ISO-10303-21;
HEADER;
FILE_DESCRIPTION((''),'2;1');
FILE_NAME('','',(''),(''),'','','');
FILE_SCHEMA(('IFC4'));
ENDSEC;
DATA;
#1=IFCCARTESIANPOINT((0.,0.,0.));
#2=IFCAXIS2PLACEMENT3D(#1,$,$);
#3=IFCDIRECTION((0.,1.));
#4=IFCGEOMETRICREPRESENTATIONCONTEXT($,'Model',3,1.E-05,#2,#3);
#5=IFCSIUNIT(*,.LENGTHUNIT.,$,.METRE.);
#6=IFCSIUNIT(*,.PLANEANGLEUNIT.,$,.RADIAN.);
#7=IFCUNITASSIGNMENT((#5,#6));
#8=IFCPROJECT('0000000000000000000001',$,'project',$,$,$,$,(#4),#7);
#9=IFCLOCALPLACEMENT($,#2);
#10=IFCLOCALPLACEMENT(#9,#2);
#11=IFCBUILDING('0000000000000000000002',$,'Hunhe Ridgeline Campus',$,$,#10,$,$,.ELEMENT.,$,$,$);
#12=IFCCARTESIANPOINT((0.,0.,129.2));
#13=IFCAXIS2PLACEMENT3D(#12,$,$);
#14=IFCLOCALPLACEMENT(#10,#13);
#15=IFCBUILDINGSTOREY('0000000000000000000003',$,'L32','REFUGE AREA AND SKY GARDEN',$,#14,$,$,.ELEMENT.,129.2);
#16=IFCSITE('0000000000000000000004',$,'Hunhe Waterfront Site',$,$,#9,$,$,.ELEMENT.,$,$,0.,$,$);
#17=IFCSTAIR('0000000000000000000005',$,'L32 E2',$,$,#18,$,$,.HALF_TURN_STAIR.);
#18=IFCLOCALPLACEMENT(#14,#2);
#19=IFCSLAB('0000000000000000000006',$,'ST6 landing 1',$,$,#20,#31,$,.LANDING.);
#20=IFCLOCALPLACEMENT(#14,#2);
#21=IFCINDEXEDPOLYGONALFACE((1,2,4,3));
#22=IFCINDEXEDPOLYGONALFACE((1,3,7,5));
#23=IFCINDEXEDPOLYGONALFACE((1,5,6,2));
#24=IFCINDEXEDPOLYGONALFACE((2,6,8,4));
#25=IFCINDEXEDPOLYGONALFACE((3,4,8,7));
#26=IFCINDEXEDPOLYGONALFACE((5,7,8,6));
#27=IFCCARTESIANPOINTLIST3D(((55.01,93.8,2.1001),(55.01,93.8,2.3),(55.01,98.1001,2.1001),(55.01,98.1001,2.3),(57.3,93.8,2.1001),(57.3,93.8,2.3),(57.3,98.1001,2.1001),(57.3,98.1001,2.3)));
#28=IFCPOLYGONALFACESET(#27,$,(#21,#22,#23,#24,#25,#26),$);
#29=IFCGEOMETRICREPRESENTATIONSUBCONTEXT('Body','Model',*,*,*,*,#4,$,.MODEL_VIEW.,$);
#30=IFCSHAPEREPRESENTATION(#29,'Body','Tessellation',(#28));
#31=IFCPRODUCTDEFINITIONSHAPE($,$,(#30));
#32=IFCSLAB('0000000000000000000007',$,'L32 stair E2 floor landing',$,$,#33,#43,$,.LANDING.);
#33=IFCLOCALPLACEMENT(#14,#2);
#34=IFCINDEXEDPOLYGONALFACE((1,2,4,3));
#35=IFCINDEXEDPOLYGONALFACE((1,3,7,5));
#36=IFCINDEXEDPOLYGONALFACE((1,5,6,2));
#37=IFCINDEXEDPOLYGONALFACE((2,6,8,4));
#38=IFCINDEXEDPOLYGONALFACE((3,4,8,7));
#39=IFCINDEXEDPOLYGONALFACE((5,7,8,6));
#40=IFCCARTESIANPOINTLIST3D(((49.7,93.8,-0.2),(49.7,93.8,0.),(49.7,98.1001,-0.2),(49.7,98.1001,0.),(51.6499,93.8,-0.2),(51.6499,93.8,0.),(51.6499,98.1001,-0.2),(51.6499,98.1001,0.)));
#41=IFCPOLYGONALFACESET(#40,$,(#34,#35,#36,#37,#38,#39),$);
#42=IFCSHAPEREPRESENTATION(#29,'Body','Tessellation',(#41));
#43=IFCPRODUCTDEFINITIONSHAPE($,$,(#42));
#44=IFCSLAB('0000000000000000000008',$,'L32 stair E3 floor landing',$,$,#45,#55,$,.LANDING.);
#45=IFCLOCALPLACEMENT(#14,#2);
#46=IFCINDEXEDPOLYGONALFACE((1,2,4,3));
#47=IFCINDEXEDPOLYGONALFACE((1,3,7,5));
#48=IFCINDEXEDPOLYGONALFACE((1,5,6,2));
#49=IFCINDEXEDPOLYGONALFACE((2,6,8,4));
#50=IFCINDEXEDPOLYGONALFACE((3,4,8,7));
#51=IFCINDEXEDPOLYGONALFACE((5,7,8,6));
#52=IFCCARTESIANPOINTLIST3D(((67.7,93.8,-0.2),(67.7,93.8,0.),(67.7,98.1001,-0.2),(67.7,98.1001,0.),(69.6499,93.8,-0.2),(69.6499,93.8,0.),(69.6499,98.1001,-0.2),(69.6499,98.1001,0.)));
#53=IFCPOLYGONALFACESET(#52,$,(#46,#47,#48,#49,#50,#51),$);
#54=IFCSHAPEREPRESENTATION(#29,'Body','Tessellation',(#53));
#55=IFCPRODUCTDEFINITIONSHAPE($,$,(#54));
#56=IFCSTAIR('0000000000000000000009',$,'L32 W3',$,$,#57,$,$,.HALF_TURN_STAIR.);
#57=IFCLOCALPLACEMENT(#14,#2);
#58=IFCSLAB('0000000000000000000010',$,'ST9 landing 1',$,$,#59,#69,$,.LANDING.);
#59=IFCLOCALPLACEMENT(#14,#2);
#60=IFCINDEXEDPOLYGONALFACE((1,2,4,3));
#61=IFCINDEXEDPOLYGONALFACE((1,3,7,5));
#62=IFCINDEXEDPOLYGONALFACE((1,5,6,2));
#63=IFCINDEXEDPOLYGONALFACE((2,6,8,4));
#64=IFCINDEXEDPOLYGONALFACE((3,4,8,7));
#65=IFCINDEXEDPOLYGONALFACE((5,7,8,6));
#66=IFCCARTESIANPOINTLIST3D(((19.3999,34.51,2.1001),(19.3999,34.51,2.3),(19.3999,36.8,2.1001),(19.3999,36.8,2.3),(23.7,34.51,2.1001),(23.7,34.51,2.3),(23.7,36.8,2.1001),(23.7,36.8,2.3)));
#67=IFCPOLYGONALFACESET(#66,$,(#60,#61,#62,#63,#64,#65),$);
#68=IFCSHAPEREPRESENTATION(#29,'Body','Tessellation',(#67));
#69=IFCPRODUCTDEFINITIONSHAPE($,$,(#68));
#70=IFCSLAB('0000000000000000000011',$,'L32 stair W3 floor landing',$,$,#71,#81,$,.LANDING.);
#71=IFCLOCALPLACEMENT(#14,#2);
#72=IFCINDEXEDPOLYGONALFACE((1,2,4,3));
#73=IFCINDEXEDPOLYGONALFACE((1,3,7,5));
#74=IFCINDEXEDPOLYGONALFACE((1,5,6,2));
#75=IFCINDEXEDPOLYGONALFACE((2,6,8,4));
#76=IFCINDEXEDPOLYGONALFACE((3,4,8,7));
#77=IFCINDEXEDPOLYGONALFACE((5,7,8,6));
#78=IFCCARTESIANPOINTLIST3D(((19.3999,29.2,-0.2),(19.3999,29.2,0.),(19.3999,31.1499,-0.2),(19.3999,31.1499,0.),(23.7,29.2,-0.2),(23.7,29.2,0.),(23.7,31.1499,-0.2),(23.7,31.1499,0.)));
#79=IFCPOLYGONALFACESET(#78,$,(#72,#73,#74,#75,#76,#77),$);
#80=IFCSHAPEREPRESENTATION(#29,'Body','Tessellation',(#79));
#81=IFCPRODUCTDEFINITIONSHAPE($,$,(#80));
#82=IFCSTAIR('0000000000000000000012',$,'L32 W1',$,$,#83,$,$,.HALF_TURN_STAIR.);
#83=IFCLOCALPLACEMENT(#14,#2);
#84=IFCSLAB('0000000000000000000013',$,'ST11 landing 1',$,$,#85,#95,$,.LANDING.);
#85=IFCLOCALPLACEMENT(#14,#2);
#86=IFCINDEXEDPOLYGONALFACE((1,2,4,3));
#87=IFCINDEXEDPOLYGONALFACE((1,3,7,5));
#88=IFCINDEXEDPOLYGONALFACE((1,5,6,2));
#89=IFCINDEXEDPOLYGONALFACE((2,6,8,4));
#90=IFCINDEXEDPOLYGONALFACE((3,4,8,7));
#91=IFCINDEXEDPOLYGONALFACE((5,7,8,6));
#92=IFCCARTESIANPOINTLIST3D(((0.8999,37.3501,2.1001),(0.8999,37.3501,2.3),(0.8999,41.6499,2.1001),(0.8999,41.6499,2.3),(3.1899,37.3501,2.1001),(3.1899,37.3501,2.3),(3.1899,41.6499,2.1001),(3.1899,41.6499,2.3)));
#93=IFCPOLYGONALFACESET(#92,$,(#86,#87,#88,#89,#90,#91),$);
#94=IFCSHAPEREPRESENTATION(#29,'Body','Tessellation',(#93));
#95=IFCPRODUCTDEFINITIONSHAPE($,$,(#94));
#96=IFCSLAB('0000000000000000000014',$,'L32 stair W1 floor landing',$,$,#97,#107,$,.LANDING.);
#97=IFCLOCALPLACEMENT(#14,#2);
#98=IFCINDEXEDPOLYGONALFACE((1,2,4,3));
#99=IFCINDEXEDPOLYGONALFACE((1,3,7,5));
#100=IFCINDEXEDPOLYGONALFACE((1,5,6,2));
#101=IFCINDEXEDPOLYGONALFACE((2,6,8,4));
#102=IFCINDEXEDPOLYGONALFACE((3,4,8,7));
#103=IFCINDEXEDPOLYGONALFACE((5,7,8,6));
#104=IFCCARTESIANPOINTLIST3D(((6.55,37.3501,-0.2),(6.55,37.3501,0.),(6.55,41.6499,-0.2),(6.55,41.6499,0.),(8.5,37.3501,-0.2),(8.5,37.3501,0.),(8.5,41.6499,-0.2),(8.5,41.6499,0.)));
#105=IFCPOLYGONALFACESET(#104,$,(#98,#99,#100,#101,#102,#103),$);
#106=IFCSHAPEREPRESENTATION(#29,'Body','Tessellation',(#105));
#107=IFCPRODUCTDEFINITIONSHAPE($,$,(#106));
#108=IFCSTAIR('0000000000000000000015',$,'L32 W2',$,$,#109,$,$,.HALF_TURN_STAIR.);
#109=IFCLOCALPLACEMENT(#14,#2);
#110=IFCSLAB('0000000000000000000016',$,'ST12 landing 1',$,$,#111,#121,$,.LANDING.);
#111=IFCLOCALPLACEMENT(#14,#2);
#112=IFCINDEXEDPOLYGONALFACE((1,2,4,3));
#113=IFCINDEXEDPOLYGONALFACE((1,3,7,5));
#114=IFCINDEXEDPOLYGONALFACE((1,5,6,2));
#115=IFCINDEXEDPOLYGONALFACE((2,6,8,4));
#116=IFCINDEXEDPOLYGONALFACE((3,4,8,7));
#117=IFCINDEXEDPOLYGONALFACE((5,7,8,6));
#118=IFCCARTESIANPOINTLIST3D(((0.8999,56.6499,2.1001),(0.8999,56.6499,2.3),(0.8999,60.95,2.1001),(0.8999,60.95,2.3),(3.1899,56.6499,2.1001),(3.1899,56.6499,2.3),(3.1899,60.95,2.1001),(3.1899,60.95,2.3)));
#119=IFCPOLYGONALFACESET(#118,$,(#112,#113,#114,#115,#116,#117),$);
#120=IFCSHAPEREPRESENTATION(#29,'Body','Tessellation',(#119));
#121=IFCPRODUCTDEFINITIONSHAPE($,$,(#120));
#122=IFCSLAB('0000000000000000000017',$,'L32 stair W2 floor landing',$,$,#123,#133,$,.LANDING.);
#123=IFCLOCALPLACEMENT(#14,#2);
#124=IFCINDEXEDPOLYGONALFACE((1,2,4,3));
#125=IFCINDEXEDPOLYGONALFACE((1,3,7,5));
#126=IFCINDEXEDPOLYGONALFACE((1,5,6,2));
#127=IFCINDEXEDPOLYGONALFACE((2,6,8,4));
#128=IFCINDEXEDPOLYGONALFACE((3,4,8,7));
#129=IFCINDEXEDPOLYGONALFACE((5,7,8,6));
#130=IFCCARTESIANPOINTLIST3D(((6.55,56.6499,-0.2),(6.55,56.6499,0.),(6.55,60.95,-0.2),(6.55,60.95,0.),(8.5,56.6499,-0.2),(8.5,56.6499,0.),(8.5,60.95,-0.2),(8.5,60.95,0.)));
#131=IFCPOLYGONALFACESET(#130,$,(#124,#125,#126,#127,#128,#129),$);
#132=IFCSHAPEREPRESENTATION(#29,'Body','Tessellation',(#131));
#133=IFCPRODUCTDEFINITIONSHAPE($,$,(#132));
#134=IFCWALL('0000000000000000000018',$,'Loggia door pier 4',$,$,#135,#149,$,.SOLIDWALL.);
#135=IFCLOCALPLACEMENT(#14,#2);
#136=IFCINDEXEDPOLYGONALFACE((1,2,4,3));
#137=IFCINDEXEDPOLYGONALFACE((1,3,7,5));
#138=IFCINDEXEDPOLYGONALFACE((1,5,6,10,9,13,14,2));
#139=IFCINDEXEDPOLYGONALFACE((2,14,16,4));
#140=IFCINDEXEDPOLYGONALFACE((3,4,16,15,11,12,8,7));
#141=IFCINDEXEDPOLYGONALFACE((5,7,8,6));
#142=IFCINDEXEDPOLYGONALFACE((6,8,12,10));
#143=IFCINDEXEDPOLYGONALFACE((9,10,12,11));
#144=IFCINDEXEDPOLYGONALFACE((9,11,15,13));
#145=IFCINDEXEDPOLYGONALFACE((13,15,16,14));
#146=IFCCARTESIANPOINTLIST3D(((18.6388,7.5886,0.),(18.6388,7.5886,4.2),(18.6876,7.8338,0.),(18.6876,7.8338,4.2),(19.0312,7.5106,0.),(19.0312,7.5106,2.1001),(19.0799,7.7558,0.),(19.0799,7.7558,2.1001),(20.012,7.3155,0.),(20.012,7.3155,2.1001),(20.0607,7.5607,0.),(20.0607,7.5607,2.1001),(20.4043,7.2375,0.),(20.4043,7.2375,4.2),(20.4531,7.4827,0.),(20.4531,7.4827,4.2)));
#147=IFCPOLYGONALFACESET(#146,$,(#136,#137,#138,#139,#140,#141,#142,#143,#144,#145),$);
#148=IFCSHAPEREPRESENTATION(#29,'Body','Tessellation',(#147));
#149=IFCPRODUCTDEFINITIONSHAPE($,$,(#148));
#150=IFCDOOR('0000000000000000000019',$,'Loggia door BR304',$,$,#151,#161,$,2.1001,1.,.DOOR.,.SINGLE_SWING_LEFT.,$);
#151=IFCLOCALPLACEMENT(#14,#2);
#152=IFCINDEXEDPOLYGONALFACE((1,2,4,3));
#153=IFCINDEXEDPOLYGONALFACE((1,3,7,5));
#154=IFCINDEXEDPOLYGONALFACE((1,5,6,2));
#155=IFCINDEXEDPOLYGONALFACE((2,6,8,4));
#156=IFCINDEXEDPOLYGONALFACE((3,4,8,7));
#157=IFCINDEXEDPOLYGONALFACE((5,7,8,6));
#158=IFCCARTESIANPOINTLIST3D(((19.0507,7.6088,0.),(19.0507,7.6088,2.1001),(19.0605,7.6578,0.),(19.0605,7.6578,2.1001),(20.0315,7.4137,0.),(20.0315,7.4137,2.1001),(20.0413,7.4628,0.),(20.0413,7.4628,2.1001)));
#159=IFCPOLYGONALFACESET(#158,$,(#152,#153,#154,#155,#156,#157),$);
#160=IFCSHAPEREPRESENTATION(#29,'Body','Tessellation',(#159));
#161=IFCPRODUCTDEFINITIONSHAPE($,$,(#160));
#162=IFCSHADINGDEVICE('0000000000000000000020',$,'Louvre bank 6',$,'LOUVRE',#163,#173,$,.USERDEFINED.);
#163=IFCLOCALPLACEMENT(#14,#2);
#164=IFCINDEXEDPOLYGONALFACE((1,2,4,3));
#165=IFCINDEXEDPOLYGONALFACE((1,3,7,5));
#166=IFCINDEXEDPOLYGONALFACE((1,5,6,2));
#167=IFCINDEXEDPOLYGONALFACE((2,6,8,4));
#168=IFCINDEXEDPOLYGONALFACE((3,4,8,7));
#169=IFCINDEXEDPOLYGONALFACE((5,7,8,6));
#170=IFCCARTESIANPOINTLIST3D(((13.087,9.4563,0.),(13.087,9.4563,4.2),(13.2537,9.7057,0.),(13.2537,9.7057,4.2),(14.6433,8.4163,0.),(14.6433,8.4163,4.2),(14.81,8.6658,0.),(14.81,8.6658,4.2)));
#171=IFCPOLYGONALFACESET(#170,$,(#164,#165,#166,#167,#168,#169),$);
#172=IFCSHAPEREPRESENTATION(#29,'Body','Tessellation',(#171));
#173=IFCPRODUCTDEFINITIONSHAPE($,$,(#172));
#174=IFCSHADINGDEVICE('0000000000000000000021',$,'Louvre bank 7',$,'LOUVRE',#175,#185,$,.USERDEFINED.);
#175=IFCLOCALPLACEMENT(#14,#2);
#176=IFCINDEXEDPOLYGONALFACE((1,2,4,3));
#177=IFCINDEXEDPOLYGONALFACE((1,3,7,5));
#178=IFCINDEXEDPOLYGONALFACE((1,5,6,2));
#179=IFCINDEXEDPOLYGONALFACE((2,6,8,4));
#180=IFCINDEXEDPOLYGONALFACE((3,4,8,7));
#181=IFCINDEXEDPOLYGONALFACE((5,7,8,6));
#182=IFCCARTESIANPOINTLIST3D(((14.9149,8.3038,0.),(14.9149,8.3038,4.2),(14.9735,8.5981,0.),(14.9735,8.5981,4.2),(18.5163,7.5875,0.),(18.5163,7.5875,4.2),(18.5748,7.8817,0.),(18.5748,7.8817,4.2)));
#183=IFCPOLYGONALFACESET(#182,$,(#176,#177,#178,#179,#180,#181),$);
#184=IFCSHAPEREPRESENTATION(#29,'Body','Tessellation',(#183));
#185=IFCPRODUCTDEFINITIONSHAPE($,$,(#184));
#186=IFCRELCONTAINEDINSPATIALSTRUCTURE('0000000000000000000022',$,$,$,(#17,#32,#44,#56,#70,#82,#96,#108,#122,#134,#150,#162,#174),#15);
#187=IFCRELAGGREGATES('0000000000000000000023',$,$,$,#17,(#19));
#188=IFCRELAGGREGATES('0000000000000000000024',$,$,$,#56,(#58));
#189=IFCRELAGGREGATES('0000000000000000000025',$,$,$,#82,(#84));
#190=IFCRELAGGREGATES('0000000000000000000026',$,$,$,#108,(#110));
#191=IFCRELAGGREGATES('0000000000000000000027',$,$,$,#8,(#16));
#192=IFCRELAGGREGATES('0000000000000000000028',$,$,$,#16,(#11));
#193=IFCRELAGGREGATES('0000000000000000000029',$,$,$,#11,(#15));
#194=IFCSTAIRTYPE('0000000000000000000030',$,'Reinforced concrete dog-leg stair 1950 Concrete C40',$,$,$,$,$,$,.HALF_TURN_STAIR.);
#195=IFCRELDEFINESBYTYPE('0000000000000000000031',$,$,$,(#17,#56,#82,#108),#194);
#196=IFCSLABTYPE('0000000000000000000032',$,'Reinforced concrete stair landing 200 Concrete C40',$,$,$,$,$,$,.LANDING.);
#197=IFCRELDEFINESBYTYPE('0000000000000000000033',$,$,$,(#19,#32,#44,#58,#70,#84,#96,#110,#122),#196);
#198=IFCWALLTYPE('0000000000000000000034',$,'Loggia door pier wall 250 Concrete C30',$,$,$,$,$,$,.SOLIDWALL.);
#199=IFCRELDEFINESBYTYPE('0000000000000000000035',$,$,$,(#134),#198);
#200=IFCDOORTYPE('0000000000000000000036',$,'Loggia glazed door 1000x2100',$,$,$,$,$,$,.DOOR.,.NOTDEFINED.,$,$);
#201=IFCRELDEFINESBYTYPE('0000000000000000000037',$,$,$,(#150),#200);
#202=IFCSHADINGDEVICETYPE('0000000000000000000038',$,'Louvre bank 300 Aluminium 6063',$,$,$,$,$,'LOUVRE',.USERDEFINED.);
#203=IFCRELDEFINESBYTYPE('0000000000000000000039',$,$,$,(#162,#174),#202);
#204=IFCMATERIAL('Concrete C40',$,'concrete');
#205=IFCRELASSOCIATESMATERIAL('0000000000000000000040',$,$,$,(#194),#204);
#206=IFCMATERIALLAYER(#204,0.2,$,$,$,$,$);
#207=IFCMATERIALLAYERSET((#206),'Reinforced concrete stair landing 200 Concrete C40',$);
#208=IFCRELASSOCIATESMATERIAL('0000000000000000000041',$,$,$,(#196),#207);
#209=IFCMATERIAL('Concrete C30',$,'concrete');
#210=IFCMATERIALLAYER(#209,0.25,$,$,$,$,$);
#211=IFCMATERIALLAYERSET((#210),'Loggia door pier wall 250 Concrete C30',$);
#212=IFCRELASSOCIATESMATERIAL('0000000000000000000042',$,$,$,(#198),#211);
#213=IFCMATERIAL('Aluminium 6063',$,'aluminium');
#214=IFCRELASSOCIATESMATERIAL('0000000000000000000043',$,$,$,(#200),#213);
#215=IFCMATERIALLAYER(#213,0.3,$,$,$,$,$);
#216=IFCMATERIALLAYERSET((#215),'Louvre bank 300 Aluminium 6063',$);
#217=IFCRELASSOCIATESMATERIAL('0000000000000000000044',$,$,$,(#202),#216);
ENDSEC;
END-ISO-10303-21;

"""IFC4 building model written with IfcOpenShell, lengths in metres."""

from ifc_helpers import new_model, si_unit, direction, frame, frame_2d, origin, origin_2d, place, context, subcontext, project, spatial, polyline, rectangle, outline, extrude, material, layer, layer_set, type_object, element, fill, aggregate, save


model = new_model("IFC4")

# Units and contexts
model_context = context("Model", 3, precision=1e-05, world=origin(), true_north=direction((0.0, 1.0)))
body_context = subcontext(model_context, "Body", "Model", "MODEL_VIEW")
ifc_project = project(units=[si_unit("LENGTHUNIT", "METRE"), si_unit("PLANEANGLEUNIT", "RADIAN")], contexts=[model_context])

# Site, building, storey
site_placement = place(None, origin())
site = spatial("IfcSite", under=ifc_project, at=site_placement, Name="Hunhe Waterfront Site", CompositionType="ELEMENT", RefElevation=0.0)
building_placement = place(site_placement, origin())
building = spatial("IfcBuilding", under=site, at=building_placement, Name="Hunhe Ridgeline Campus", CompositionType="ELEMENT")
storey_placement = place(building_placement, frame((0.0, 0.0, 129.2)))
storey = spatial("IfcBuildingStorey", under=building, at=storey_placement, Name="L32", Description="REFUGE AREA AND SKY GARDEN", CompositionType="ELEMENT", Elevation=129.2)

# Shared definitions
ifc_material_1 = material(Name="Aluminium 6063", Category="aluminium")

# Shared definitions
ifc_material_2 = material(Name="Concrete C40", Category="concrete")

# Shared definitions
stair_type = type_object("IfcStairType", Name="Reinforced concrete dog-leg stair 1950 Concrete C40", PredefinedType="HALF_TURN_STAIR", material=ifc_material_2)
ifc_layer_1 = layer(ifc_material_2, 0.2)
ifc_layer_set_1 = layer_set([ifc_layer_1], Name="Reinforced concrete stair landing 200 Concrete C40")
slab_type_1 = type_object("IfcSlabType", Name="Reinforced concrete stair landing 200 Concrete C40", PredefinedType="LANDING", material=ifc_layer_set_1)

# Stair, slab
stair_1_placement = place(storey_placement, origin())
stair_1 = element("IfcStair", 1, at=stair_1_placement, inside=storey, type_object=stair_type, Name="L32 E2", PredefinedType="HALF_TURN_STAIR")
slab_1_placement = place(storey_placement, frame((0.0, 0.0, 2.1001)))
slab_1 = element("IfcSlab", 2, at=slab_1_placement, type_object=slab_type_1, Name="ST6 landing 1", PredefinedType="LANDING", context=body_context, shape_type="SweptSolid", body=[
    extrude(outline(polyline([(55.01, 93.8), (57.3, 93.8), (57.3, 98.1001), (55.01, 98.1001), (55.01, 93.8)])), origin(), (0.0, 0.0, 1.0), 0.2),
])
aggregate(stair_1, [slab_1])

# Slabs
slab_2_placement = place(storey_placement, frame((0.0, 0.0, -0.2)))
element("IfcSlab", 3, at=slab_2_placement, inside=storey, type_object=slab_type_1, Name="L32 stair E2 floor landing", PredefinedType="LANDING", context=body_context, shape_type="SweptSolid", body=[
    extrude(outline(polyline([(49.7, 93.8), (51.6499, 93.8), (51.6499, 98.1001), (49.7, 98.1001), (49.7, 93.8)])), origin(), (0.0, 0.0, 1.0), 0.2),
])
slab_3_placement = place(storey_placement, frame((0.0, 0.0, -0.2)))
element("IfcSlab", 4, at=slab_3_placement, inside=storey, type_object=slab_type_1, Name="L32 stair E3 floor landing", PredefinedType="LANDING", context=body_context, shape_type="SweptSolid", body=[
    extrude(outline(polyline([(67.7, 93.8), (69.6499, 93.8), (69.6499, 98.1001), (67.7, 98.1001), (67.7, 93.8)])), origin(), (0.0, 0.0, 1.0), 0.2),
])

# Stair, slab
stair_2_placement = place(storey_placement, origin())
stair_2 = element("IfcStair", 5, at=stair_2_placement, inside=storey, type_object=stair_type, Name="L32 W3", PredefinedType="HALF_TURN_STAIR")
slab_4_placement = place(storey_placement, frame((0.0, 0.0, 2.1001)))
slab_4 = element("IfcSlab", 6, at=slab_4_placement, type_object=slab_type_1, Name="ST9 landing 1", PredefinedType="LANDING", context=body_context, shape_type="SweptSolid", body=[
    extrude(outline(polyline([(23.7, 34.51), (23.7, 36.8), (19.3999, 36.8), (19.3999, 34.51), (23.7, 34.51)])), origin(), (0.0, 0.0, 1.0), 0.2),
])
aggregate(stair_2, [slab_4])

# Slab
slab_5_placement = place(storey_placement, frame((0.0, 0.0, -0.2)))
element("IfcSlab", 7, at=slab_5_placement, inside=storey, type_object=slab_type_1, Name="L32 stair W3 floor landing", PredefinedType="LANDING", context=body_context, shape_type="SweptSolid", body=[
    extrude(outline(polyline([(23.7, 29.2), (23.7, 31.1499), (19.3999, 31.1499), (19.3999, 29.2), (23.7, 29.2)])), origin(), (0.0, 0.0, 1.0), 0.2),
])

# Stair, slab
stair_3_placement = place(storey_placement, origin())
stair_3 = element("IfcStair", 8, at=stair_3_placement, inside=storey, type_object=stair_type, Name="L32 W1", PredefinedType="HALF_TURN_STAIR")
slab_6_placement = place(storey_placement, frame((0.0, 0.0, 2.1001)))
slab_6 = element("IfcSlab", 9, at=slab_6_placement, type_object=slab_type_1, Name="ST11 landing 1", PredefinedType="LANDING", context=body_context, shape_type="SweptSolid", body=[
    extrude(outline(polyline([(3.1899, 41.6499), (0.8999, 41.6499), (0.8999, 37.3501), (3.1899, 37.3501), (3.1899, 41.6499)])), origin(), (0.0, 0.0, 1.0), 0.2),
])
aggregate(stair_3, [slab_6])

# Slab
slab_7_placement = place(storey_placement, frame((0.0, 0.0, -0.2)))
element("IfcSlab", 10, at=slab_7_placement, inside=storey, type_object=slab_type_1, Name="L32 stair W1 floor landing", PredefinedType="LANDING", context=body_context, shape_type="SweptSolid", body=[
    extrude(outline(polyline([(8.5, 41.6499), (6.55, 41.6499), (6.55, 37.3501), (8.5, 37.3501), (8.5, 41.6499)])), origin(), (0.0, 0.0, 1.0), 0.2),
])

# Stair, slab
stair_4_placement = place(storey_placement, origin())
stair_4 = element("IfcStair", 11, at=stair_4_placement, inside=storey, type_object=stair_type, Name="L32 W2", PredefinedType="HALF_TURN_STAIR")
slab_8_placement = place(storey_placement, frame((0.0, 0.0, 2.1001)))
slab_8 = element("IfcSlab", 12, at=slab_8_placement, type_object=slab_type_1, Name="ST12 landing 1", PredefinedType="LANDING", context=body_context, shape_type="SweptSolid", body=[
    extrude(outline(polyline([(3.1899, 60.95), (0.8999, 60.95), (0.8999, 56.6499), (3.1899, 56.6499), (3.1899, 60.95)])), origin(), (0.0, 0.0, 1.0), 0.2),
])
aggregate(stair_4, [slab_8])

# Slab
slab_9_placement = place(storey_placement, frame((0.0, 0.0, -0.2)))
element("IfcSlab", 13, at=slab_9_placement, inside=storey, type_object=slab_type_1, Name="L32 stair W2 floor landing", PredefinedType="LANDING", context=body_context, shape_type="SweptSolid", body=[
    extrude(outline(polyline([(8.5, 60.95), (6.55, 60.95), (6.55, 56.6499), (8.5, 56.6499), (8.5, 60.95)])), origin(), (0.0, 0.0, 1.0), 0.2),
])

# Wall, opening, door
ifc_material_3 = material(Name="Concrete C30", Category="concrete")
ifc_layer_2 = layer(ifc_material_3, 0.25)
ifc_layer_set_2 = layer_set([ifc_layer_2], Name="Loggia door pier wall 250 Concrete C30")
wall_type = type_object("IfcWallType", Name="Loggia door pier wall 250 Concrete C30", PredefinedType="SOLIDWALL", material=ifc_layer_set_2)
wall_placement = place(storey_placement, frame((18.6633, 7.7112, 0.0), z_axis=(0.0, 0.0, 1.0), x_axis=(0.980794, -0.195047, 0.0)))
wall = element("IfcWall", 14, at=wall_placement, inside=storey, type_object=wall_type, Name="Loggia door pier 4", PredefinedType="SOLIDWALL", context=body_context, shape_type="SweptSolid", body=[
    extrude(rectangle(XDim=1.8, YDim=0.25, at=frame_2d((0.8999, 0.0))), origin(), (0.0, 0.0, 1.0), 4.2),
])
opening_placement = place(wall_placement, frame((0.3999, 0.0, 0.0)))
opening = element("IfcOpeningElement", 15, at=opening_placement, cuts=wall, PredefinedType="OPENING", context=body_context, shape_type="SweptSolid", body=[
    extrude(rectangle(XDim=1.0, YDim=2.1001, at=frame_2d((0.5, 1.05))), frame((0.0, 0.125, 0.0), z_axis=(0.0, -1.0, 0.0), x_axis=(1.0, 0.0, 0.0)), (0.0, 0.0, 1.0), 0.25),
])
door_type = type_object("IfcDoorType", Name="Loggia glazed door 1000x2100", OperationType="NOTDEFINED", PredefinedType="DOOR", material=ifc_material_1)
door_placement = place(opening_placement, frame((1.0, 0.0, 0.0), z_axis=(0.0, 0.0, 1.0), x_axis=(-1.0, 0.0, 0.0)))
door = element("IfcDoor", 16, at=door_placement, inside=storey, type_object=door_type, Name="Loggia door BR304", OperationType="SINGLE_SWING_LEFT", OverallHeight=2.1001, OverallWidth=1.0, PredefinedType="DOOR", context=body_context, shape_type="SweptSolid", body=[
    extrude(rectangle(XDim=1.0, YDim=2.1001, at=frame_2d((0.5, 1.05))), frame((0.0, 0.0249, 0.0), z_axis=(0.0, -1.0, 0.0), x_axis=(1.0, 0.0, 0.0)), (0.0, 0.0, 1.0), 0.05),
])
fill(opening, door)

# Shading devices
ifc_layer_3 = layer(ifc_material_1, 0.3)
ifc_layer_set_3 = layer_set([ifc_layer_3], Name="Louvre bank 300 Aluminium 6063")
shading_device_type = type_object("IfcShadingDeviceType", Name="Louvre bank 300 Aluminium 6063", ElementType="LOUVRE", PredefinedType="USERDEFINED", material=ifc_layer_set_3)
shading_device_1_placement = place(storey_placement, frame((13.9485, 9.061, 0.0), z_axis=(0.0, 0.0, 1.0), x_axis=(0.83147, -0.55557, 0.0)))
element("IfcShadingDevice", 17, at=shading_device_1_placement, inside=storey, type_object=shading_device_type, Name="Louvre bank 6", ObjectType="LOUVRE", PredefinedType="USERDEFINED", context=body_context, shape_type="SweptSolid", body=[
    extrude(rectangle(XDim=1.8718, YDim=0.3, at=origin_2d()), origin(), (0.0, 0.0, 1.0), 4.2),
])
shading_device_2_placement = place(storey_placement, frame((16.7449, 8.0928, 0.0), z_axis=(0.0, 0.0, 1.0), x_axis=(0.980785, -0.19509, 0.0)))
element("IfcShadingDevice", 18, at=shading_device_2_placement, inside=storey, type_object=shading_device_type, Name="Louvre bank 7", ObjectType="LOUVRE", PredefinedType="USERDEFINED", context=body_context, shape_type="SweptSolid", body=[
    extrude(rectangle(XDim=3.6719, YDim=0.3, at=origin_2d()), origin(), (0.0, 0.0, 1.0), 4.2),
])

save(model, "model.ifc")
